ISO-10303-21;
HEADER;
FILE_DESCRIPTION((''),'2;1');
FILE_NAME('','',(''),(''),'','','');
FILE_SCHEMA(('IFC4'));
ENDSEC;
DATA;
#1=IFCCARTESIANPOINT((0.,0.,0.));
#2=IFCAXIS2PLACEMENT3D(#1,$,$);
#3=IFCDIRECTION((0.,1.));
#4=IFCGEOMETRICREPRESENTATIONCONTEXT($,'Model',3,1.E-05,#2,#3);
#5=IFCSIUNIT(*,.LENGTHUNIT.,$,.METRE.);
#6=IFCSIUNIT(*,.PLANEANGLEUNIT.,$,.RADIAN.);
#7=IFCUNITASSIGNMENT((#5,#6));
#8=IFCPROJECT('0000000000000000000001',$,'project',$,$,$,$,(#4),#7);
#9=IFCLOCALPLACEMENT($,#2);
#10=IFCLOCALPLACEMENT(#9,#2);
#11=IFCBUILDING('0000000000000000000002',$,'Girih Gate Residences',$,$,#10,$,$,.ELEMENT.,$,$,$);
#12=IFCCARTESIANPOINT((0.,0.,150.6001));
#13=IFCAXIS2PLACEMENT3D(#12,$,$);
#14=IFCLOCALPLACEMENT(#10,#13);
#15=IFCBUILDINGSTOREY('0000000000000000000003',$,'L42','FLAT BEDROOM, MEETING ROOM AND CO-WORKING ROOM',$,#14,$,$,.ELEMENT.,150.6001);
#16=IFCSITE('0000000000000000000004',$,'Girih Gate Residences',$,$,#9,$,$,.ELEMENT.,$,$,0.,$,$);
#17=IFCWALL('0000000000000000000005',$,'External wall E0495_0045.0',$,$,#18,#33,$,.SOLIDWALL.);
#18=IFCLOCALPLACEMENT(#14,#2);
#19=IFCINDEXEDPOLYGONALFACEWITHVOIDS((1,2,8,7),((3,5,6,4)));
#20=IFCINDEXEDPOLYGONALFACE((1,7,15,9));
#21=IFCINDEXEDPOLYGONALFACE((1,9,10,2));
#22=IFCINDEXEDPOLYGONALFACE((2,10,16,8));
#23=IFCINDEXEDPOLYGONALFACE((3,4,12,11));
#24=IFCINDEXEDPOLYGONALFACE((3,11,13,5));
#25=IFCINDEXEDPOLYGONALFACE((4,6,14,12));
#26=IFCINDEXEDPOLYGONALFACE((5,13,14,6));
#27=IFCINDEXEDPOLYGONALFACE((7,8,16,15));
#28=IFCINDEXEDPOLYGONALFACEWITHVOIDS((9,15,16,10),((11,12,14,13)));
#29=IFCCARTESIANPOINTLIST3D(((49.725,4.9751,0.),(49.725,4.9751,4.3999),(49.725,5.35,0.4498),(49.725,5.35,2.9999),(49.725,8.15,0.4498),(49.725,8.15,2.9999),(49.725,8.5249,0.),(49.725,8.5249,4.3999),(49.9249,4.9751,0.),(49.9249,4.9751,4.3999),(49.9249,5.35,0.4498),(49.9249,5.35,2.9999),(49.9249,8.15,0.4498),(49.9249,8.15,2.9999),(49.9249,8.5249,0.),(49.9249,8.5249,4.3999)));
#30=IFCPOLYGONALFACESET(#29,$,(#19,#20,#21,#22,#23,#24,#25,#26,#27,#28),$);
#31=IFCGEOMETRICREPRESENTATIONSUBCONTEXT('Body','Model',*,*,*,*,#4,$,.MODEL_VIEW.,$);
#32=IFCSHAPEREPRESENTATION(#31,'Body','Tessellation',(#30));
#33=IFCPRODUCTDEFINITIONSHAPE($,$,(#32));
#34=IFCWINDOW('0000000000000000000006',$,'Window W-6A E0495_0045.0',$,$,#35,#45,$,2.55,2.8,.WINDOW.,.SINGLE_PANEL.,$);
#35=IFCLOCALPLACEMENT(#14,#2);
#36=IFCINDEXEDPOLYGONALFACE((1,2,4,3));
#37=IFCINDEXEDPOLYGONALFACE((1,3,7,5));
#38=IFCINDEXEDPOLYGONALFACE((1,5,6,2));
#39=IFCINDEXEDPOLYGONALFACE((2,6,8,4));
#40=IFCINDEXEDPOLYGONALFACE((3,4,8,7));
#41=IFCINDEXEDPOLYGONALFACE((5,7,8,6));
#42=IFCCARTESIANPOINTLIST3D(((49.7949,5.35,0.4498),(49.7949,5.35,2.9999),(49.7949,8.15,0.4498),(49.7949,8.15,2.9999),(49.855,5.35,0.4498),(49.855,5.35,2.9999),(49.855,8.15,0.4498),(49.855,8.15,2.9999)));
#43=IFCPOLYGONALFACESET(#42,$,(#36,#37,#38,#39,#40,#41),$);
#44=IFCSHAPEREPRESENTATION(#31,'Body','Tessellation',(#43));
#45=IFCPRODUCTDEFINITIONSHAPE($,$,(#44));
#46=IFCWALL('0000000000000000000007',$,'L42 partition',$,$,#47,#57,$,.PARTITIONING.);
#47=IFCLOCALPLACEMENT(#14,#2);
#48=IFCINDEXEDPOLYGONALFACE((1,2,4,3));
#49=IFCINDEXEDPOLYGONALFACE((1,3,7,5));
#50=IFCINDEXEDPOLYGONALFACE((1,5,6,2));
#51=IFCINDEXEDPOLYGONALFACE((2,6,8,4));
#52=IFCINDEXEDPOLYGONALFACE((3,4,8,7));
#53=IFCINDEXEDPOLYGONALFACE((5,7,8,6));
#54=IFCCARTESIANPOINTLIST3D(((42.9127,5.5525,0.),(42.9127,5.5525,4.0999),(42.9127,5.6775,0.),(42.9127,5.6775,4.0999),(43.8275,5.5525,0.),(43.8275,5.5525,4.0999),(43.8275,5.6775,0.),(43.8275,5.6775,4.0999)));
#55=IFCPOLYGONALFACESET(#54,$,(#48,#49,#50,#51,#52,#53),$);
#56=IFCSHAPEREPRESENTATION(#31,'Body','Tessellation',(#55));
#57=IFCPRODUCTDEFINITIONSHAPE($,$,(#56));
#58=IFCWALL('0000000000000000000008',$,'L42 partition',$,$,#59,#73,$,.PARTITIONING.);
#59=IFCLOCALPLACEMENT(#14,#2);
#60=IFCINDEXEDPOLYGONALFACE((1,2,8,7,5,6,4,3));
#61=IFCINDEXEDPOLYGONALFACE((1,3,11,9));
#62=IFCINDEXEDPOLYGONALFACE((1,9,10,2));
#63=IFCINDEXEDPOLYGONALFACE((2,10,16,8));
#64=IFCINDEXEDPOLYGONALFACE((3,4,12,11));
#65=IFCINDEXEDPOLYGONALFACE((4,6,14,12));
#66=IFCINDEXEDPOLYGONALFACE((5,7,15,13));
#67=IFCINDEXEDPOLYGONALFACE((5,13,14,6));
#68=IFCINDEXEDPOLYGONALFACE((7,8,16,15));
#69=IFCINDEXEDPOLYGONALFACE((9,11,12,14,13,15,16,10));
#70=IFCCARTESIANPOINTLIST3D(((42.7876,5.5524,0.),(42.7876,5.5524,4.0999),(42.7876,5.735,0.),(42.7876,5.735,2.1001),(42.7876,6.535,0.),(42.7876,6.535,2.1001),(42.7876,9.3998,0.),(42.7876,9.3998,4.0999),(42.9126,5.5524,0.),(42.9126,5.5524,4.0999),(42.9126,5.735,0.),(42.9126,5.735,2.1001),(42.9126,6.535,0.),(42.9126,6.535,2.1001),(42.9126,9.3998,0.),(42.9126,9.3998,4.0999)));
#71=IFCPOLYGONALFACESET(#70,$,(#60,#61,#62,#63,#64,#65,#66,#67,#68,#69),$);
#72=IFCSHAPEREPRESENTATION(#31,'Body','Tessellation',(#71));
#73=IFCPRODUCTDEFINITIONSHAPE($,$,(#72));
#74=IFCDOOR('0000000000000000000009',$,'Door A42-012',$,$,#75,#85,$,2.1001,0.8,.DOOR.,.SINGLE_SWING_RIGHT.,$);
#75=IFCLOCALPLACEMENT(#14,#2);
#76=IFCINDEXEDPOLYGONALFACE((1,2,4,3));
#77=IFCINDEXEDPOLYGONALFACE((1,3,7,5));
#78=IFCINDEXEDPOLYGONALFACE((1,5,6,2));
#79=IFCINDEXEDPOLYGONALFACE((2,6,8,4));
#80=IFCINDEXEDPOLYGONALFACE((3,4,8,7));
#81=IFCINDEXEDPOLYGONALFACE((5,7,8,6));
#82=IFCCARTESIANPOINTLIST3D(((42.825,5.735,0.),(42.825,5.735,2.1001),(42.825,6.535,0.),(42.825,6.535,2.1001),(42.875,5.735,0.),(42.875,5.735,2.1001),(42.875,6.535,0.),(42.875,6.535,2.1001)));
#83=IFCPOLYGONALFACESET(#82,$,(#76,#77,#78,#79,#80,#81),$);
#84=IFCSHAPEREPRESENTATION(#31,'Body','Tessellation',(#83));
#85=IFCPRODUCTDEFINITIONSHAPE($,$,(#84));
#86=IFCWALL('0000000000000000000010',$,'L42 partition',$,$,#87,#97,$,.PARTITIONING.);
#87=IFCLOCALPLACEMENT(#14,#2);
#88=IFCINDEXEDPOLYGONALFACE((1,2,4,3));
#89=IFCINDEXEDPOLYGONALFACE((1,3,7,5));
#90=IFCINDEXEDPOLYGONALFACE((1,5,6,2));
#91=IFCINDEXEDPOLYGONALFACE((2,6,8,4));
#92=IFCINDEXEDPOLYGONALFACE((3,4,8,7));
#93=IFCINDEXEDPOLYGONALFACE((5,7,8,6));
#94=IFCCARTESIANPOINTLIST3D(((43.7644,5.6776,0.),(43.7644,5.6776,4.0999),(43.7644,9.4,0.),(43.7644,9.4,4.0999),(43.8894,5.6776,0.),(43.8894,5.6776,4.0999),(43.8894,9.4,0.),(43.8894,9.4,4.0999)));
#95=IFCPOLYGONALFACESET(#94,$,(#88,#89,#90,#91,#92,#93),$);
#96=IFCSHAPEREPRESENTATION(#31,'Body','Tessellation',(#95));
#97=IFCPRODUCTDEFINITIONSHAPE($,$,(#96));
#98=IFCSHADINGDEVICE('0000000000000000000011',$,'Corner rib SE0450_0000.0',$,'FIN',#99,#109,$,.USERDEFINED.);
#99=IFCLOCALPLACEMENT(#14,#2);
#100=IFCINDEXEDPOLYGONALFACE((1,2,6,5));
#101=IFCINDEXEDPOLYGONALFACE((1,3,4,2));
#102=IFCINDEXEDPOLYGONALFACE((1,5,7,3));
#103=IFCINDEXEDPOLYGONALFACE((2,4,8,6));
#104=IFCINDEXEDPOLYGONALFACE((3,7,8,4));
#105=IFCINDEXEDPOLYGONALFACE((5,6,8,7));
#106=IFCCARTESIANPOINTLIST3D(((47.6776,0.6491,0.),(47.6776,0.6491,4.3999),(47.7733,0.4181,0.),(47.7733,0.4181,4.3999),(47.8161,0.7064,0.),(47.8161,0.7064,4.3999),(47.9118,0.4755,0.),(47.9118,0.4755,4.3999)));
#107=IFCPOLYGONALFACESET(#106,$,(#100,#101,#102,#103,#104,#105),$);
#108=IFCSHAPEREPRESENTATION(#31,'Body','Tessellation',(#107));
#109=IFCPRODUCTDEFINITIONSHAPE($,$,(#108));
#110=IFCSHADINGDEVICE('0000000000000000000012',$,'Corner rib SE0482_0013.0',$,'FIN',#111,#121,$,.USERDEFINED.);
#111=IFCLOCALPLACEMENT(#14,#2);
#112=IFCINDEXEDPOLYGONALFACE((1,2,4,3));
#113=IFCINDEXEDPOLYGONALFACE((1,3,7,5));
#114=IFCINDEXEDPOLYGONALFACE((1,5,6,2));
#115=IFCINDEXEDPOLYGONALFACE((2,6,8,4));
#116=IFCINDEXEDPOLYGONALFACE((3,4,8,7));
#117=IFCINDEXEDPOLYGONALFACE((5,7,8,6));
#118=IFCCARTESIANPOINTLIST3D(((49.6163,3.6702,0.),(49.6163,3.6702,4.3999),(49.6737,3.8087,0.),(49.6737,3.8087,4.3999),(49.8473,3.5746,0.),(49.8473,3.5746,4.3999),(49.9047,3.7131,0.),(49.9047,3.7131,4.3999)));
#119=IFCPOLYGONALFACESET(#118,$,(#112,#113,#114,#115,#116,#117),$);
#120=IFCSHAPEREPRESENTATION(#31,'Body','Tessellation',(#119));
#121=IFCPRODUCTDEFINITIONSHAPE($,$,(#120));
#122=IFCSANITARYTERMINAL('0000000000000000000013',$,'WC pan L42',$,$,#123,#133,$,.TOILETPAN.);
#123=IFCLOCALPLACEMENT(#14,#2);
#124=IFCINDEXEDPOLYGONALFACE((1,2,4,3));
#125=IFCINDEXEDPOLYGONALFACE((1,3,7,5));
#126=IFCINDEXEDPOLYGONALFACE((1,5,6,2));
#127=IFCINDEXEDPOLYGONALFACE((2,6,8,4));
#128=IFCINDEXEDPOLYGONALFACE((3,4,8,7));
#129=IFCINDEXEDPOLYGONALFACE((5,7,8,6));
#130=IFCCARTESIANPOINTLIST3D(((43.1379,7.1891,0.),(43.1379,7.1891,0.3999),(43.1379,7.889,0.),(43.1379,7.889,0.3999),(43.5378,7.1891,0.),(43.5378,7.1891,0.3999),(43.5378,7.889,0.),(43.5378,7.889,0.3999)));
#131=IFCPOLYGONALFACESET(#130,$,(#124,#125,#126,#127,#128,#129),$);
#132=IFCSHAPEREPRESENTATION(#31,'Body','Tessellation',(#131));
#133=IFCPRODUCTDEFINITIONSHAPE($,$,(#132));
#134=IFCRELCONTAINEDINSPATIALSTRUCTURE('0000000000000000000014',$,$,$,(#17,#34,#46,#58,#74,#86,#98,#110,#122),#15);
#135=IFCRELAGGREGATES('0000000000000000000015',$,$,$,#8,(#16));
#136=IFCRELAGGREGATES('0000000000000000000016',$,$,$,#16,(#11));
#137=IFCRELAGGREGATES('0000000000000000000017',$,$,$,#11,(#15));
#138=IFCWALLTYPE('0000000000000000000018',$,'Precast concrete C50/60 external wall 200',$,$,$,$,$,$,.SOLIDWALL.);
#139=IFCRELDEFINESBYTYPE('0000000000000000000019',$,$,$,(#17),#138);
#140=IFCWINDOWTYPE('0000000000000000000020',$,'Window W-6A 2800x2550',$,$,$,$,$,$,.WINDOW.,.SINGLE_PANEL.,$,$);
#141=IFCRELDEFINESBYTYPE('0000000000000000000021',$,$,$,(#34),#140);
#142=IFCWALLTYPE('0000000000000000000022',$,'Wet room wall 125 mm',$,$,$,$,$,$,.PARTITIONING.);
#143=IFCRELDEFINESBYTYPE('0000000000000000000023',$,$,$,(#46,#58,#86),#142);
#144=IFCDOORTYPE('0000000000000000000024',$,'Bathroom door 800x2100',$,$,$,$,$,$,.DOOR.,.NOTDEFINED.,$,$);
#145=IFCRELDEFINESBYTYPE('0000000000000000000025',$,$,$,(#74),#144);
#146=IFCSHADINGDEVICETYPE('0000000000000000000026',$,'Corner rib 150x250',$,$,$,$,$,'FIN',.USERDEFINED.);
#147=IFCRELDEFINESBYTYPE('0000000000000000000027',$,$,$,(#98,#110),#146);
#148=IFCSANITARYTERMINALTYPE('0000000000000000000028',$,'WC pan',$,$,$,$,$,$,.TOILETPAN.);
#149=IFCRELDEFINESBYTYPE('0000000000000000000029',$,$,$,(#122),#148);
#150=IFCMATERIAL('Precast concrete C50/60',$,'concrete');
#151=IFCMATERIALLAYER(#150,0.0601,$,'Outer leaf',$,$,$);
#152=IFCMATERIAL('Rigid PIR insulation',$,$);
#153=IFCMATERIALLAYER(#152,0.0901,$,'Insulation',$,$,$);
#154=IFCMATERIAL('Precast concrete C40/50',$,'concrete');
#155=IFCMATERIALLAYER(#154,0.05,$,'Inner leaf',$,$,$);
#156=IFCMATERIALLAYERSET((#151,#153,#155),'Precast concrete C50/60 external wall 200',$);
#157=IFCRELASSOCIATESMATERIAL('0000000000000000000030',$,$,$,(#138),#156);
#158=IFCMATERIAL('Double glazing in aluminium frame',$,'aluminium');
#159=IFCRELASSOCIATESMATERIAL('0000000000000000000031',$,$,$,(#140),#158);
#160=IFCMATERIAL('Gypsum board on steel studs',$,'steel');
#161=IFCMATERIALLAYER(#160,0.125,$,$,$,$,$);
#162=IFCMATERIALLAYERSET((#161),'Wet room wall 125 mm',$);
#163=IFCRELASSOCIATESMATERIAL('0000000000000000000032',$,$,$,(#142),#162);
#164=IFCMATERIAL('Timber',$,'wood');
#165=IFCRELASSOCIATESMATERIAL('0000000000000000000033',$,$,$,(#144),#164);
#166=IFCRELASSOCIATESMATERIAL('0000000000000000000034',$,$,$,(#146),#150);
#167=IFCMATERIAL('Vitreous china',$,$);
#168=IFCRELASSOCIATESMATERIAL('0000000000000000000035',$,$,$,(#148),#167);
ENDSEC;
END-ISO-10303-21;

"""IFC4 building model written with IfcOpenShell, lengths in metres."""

from ifc_helpers import new_model, si_unit, direction, frame, frame_2d, origin, origin_2d, place, context, subcontext, project, spatial, rectangle, extrude, material, layer, layer_set, type_object, element, fill, save


model = new_model("IFC4")

# Units and contexts
model_context = context("Model", 3, precision=1e-05, world=origin(), true_north=direction((0.0, 1.0)))
body_context = subcontext(model_context, "Body", "Model", "MODEL_VIEW")
ifc_project = project(units=[si_unit("LENGTHUNIT", "METRE"), si_unit("PLANEANGLEUNIT", "RADIAN")], contexts=[model_context])

# Site, building, storey
site_placement = place(None, origin())
site = spatial("IfcSite", under=ifc_project, at=site_placement, Name="Girih Gate Residences", CompositionType="ELEMENT", RefElevation=0.0)
building_placement = place(site_placement, origin())
building = spatial("IfcBuilding", under=site, at=building_placement, Name="Girih Gate Residences", CompositionType="ELEMENT")
storey_placement = place(building_placement, frame((0.0, 0.0, 150.6001)))
storey = spatial("IfcBuildingStorey", under=building, at=storey_placement, Name="L42", Description="FLAT BEDROOM, MEETING ROOM AND CO-WORKING ROOM", CompositionType="ELEMENT", Elevation=150.6001)

# Shared definitions
ifc_material_1 = material(Name="Gypsum board on steel studs", Category="steel")
ifc_material_2 = material(Name="Timber", Category="wood")

# Wall, opening, window
ifc_material_3 = material(Name="Precast concrete C50/60", Category="concrete")
ifc_layer_1 = layer(ifc_material_3, 0.0601, Name="Outer leaf")
ifc_material_4 = material(Name="Rigid PIR insulation")
ifc_layer_2 = layer(ifc_material_4, 0.0901, Name="Insulation")
ifc_material_5 = material(Name="Precast concrete C40/50", Category="concrete")
ifc_layer_3 = layer(ifc_material_5, 0.05, Name="Inner leaf")
ifc_layer_set_1 = layer_set([ifc_layer_1, ifc_layer_2, ifc_layer_3], Name="Precast concrete C50/60 external wall 200")
wall_type_1 = type_object("IfcWallType", Name="Precast concrete C50/60 external wall 200", PredefinedType="SOLIDWALL", material=ifc_layer_set_1)
ifc_material_6 = material(Name="Double glazing in aluminium frame", Category="aluminium")
window_type_1 = type_object("IfcWindowType", Name="Window W-6A 2800x2550", PartitioningType="SINGLE_PANEL", PredefinedType="WINDOW", material=ifc_material_6)
wall_1_placement = place(storey_placement, frame((49.825, 8.5249, 0.0), z_axis=(0.0, 0.0, 1.0), x_axis=(0.0, -1.0, 0.0)))
wall_1 = element("IfcWall", 1, at=wall_1_placement, inside=storey, type_object=wall_type_1, Name="External wall E0495_0045.0", PredefinedType="SOLIDWALL", context=body_context, shape_type="SweptSolid", body=[
    extrude(rectangle(XDim=3.5498, YDim=0.2, at=frame_2d((1.7749, 0.0))), origin(), (0.0, 0.0, 1.0), 4.3999),
])
opening_1_placement = place(wall_1_placement, frame((0.375, 0.0, 0.45)))
opening_1 = element("IfcOpeningElement", 2, at=opening_1_placement, cuts=wall_1, PredefinedType="OPENING", context=body_context, shape_type="SweptSolid", body=[
    extrude(rectangle(XDim=2.8, YDim=2.55, at=frame_2d((1.3999, 1.2749))), frame((0.0, 0.1099, 0.0), z_axis=(0.0, -1.0, 0.0), x_axis=(1.0, 0.0, 0.0)), (0.0, 0.0, 1.0), 0.22),
])
window_1_placement = place(opening_1_placement, origin())
window_1 = element("IfcWindow", 3, at=window_1_placement, inside=storey, type_object=window_type_1, Name="Window W-6A E0495_0045.0", OverallHeight=2.55, OverallWidth=2.8, PartitioningType="SINGLE_PANEL", PredefinedType="WINDOW", context=body_context, shape_type="SweptSolid", body=[
    extrude(rectangle(XDim=2.8, YDim=2.55, at=frame_2d((1.3999, 1.2749))), frame((0.0, 0.03, 0.0), z_axis=(0.0, -1.0, 0.0), x_axis=(1.0, 0.0, 0.0)), (0.0, 0.0, 1.0), 0.0601),
])
fill(opening_1, window_1)

# Wall
ifc_layer_4 = layer(ifc_material_1, 0.125)
ifc_layer_set_2 = layer_set([ifc_layer_4], Name="Wet room wall 125 mm")
wall_type_2 = type_object("IfcWallType", Name="Wet room wall 125 mm", PredefinedType="PARTITIONING", material=ifc_layer_set_2)
wall_2_placement = place(storey_placement, frame((42.9126, 5.615, 0.0), z_axis=(0.0, 0.0, 1.0), x_axis=(1.0, 0.0, 0.0)))
element("IfcWall", 4, at=wall_2_placement, inside=storey, type_object=wall_type_2, Name="L42 partition", PredefinedType="PARTITIONING", context=body_context, shape_type="SweptSolid", body=[
    extrude(rectangle(XDim=0.9148, YDim=0.125, at=frame_2d((0.4575, 0.0))), origin(), (0.0, 0.0, 1.0), 4.0999),
])

# Wall, opening, door
wall_3_placement = place(storey_placement, frame((42.8501, 9.3999, 0.0), z_axis=(0.0, 0.0, 1.0), x_axis=(0.0, -1.0, 0.0)))
wall_3 = element("IfcWall", 5, at=wall_3_placement, inside=storey, type_object=wall_type_2, Name="L42 partition", PredefinedType="PARTITIONING", context=body_context, shape_type="SweptSolid", body=[
    extrude(rectangle(XDim=3.8474, YDim=0.125, at=frame_2d((1.9238, 0.0))), origin(), (0.0, 0.0, 1.0), 4.0999),
])
opening_2_placement = place(wall_3_placement, frame((2.865, 0.0, 0.0)))
opening_2 = element("IfcOpeningElement", 6, at=opening_2_placement, cuts=wall_3, PredefinedType="OPENING", context=body_context, shape_type="SweptSolid", body=[
    extrude(rectangle(XDim=0.8, YDim=2.1001, at=frame_2d((0.3999, 1.05))), frame((0.0, 0.0725, 0.0), z_axis=(0.0, -1.0, 0.0), x_axis=(1.0, 0.0, 0.0)), (0.0, 0.0, 1.0), 0.145),
])
door_type_1 = type_object("IfcDoorType", Name="Bathroom door 800x2100", OperationType="NOTDEFINED", PredefinedType="DOOR", material=ifc_material_2)
door_1_placement = place(opening_2_placement, origin())
door_1 = element("IfcDoor", 7, at=door_1_placement, inside=storey, type_object=door_type_1, Name="Door A42-012", OperationType="SINGLE_SWING_RIGHT", OverallHeight=2.1001, OverallWidth=0.8, PredefinedType="DOOR", context=body_context, shape_type="SweptSolid", body=[
    extrude(rectangle(XDim=0.8, YDim=2.1001, at=frame_2d((0.3999, 1.05))), frame((0.0, 0.0249, 0.0), z_axis=(0.0, -1.0, 0.0), x_axis=(1.0, 0.0, 0.0)), (0.0, 0.0, 1.0), 0.05),
])
fill(opening_2, door_1)

# Wall
wall_4_placement = place(storey_placement, frame((43.8269, 5.6775, 0.0), z_axis=(0.0, 0.0, 1.0), x_axis=(0.0, 1.0, 0.0)))
element("IfcWall", 8, at=wall_4_placement, inside=storey, type_object=wall_type_2, Name="L42 partition", PredefinedType="PARTITIONING", context=body_context, shape_type="SweptSolid", body=[
    extrude(rectangle(XDim=3.7224, YDim=0.125, at=frame_2d((1.8613, 0.0))), origin(), (0.0, 0.0, 1.0), 4.0999),
])

# Shading devices
shading_device_type = type_object("IfcShadingDeviceType", Name="Corner rib 150x250", ElementType="FIN", PredefinedType="USERDEFINED", material=ifc_material_3)
for number, where, z_axis, x_axis, name in (
    (9, (47.7947, 0.5623, 0.0), (0.0, 0.0, 1.0), (0.92388, 0.382683, 0.0), "Corner rib SE0450_0000.0"),
    (10, (49.7605, 3.6917, 0.0), (0.0, 0.0, 1.0), (0.382683, 0.92388, 0.0), "Corner rib SE0482_0013.0"),
):
    element("IfcShadingDevice", number, at=place(storey_placement, frame(where, z_axis=z_axis, x_axis=x_axis)), inside=storey, type_object=shading_device_type, Name=name, ObjectType="FIN", PredefinedType="USERDEFINED", context=body_context, shape_type="SweptSolid", body=[
        extrude(rectangle(XDim=0.1499, YDim=0.25, at=origin_2d()), origin(), (0.0, 0.0, 1.0), 4.3999),
    ])

# Sanitary terminal
ifc_material_7 = material(Name="Vitreous china")
sanitary_terminal_type = type_object("IfcSanitaryTerminalType", Name="WC pan", PredefinedType="TOILETPAN", material=ifc_material_7)
sanitary_terminal_placement = place(storey_placement, frame((43.3379, 7.5391, 0.0), z_axis=(0.0, 0.0, 1.0), x_axis=(1.0, 0.0, 0.0)))
element("IfcSanitaryTerminal", 11, at=sanitary_terminal_placement, inside=storey, type_object=sanitary_terminal_type, Name="WC pan L42", PredefinedType="TOILETPAN", context=body_context, shape_type="SweptSolid", body=[
    extrude(rectangle(XDim=0.3999, YDim=0.7, at=origin_2d()), origin(), (0.0, 0.0, 1.0), 0.3999),
])

save(model, "model.ifc")
